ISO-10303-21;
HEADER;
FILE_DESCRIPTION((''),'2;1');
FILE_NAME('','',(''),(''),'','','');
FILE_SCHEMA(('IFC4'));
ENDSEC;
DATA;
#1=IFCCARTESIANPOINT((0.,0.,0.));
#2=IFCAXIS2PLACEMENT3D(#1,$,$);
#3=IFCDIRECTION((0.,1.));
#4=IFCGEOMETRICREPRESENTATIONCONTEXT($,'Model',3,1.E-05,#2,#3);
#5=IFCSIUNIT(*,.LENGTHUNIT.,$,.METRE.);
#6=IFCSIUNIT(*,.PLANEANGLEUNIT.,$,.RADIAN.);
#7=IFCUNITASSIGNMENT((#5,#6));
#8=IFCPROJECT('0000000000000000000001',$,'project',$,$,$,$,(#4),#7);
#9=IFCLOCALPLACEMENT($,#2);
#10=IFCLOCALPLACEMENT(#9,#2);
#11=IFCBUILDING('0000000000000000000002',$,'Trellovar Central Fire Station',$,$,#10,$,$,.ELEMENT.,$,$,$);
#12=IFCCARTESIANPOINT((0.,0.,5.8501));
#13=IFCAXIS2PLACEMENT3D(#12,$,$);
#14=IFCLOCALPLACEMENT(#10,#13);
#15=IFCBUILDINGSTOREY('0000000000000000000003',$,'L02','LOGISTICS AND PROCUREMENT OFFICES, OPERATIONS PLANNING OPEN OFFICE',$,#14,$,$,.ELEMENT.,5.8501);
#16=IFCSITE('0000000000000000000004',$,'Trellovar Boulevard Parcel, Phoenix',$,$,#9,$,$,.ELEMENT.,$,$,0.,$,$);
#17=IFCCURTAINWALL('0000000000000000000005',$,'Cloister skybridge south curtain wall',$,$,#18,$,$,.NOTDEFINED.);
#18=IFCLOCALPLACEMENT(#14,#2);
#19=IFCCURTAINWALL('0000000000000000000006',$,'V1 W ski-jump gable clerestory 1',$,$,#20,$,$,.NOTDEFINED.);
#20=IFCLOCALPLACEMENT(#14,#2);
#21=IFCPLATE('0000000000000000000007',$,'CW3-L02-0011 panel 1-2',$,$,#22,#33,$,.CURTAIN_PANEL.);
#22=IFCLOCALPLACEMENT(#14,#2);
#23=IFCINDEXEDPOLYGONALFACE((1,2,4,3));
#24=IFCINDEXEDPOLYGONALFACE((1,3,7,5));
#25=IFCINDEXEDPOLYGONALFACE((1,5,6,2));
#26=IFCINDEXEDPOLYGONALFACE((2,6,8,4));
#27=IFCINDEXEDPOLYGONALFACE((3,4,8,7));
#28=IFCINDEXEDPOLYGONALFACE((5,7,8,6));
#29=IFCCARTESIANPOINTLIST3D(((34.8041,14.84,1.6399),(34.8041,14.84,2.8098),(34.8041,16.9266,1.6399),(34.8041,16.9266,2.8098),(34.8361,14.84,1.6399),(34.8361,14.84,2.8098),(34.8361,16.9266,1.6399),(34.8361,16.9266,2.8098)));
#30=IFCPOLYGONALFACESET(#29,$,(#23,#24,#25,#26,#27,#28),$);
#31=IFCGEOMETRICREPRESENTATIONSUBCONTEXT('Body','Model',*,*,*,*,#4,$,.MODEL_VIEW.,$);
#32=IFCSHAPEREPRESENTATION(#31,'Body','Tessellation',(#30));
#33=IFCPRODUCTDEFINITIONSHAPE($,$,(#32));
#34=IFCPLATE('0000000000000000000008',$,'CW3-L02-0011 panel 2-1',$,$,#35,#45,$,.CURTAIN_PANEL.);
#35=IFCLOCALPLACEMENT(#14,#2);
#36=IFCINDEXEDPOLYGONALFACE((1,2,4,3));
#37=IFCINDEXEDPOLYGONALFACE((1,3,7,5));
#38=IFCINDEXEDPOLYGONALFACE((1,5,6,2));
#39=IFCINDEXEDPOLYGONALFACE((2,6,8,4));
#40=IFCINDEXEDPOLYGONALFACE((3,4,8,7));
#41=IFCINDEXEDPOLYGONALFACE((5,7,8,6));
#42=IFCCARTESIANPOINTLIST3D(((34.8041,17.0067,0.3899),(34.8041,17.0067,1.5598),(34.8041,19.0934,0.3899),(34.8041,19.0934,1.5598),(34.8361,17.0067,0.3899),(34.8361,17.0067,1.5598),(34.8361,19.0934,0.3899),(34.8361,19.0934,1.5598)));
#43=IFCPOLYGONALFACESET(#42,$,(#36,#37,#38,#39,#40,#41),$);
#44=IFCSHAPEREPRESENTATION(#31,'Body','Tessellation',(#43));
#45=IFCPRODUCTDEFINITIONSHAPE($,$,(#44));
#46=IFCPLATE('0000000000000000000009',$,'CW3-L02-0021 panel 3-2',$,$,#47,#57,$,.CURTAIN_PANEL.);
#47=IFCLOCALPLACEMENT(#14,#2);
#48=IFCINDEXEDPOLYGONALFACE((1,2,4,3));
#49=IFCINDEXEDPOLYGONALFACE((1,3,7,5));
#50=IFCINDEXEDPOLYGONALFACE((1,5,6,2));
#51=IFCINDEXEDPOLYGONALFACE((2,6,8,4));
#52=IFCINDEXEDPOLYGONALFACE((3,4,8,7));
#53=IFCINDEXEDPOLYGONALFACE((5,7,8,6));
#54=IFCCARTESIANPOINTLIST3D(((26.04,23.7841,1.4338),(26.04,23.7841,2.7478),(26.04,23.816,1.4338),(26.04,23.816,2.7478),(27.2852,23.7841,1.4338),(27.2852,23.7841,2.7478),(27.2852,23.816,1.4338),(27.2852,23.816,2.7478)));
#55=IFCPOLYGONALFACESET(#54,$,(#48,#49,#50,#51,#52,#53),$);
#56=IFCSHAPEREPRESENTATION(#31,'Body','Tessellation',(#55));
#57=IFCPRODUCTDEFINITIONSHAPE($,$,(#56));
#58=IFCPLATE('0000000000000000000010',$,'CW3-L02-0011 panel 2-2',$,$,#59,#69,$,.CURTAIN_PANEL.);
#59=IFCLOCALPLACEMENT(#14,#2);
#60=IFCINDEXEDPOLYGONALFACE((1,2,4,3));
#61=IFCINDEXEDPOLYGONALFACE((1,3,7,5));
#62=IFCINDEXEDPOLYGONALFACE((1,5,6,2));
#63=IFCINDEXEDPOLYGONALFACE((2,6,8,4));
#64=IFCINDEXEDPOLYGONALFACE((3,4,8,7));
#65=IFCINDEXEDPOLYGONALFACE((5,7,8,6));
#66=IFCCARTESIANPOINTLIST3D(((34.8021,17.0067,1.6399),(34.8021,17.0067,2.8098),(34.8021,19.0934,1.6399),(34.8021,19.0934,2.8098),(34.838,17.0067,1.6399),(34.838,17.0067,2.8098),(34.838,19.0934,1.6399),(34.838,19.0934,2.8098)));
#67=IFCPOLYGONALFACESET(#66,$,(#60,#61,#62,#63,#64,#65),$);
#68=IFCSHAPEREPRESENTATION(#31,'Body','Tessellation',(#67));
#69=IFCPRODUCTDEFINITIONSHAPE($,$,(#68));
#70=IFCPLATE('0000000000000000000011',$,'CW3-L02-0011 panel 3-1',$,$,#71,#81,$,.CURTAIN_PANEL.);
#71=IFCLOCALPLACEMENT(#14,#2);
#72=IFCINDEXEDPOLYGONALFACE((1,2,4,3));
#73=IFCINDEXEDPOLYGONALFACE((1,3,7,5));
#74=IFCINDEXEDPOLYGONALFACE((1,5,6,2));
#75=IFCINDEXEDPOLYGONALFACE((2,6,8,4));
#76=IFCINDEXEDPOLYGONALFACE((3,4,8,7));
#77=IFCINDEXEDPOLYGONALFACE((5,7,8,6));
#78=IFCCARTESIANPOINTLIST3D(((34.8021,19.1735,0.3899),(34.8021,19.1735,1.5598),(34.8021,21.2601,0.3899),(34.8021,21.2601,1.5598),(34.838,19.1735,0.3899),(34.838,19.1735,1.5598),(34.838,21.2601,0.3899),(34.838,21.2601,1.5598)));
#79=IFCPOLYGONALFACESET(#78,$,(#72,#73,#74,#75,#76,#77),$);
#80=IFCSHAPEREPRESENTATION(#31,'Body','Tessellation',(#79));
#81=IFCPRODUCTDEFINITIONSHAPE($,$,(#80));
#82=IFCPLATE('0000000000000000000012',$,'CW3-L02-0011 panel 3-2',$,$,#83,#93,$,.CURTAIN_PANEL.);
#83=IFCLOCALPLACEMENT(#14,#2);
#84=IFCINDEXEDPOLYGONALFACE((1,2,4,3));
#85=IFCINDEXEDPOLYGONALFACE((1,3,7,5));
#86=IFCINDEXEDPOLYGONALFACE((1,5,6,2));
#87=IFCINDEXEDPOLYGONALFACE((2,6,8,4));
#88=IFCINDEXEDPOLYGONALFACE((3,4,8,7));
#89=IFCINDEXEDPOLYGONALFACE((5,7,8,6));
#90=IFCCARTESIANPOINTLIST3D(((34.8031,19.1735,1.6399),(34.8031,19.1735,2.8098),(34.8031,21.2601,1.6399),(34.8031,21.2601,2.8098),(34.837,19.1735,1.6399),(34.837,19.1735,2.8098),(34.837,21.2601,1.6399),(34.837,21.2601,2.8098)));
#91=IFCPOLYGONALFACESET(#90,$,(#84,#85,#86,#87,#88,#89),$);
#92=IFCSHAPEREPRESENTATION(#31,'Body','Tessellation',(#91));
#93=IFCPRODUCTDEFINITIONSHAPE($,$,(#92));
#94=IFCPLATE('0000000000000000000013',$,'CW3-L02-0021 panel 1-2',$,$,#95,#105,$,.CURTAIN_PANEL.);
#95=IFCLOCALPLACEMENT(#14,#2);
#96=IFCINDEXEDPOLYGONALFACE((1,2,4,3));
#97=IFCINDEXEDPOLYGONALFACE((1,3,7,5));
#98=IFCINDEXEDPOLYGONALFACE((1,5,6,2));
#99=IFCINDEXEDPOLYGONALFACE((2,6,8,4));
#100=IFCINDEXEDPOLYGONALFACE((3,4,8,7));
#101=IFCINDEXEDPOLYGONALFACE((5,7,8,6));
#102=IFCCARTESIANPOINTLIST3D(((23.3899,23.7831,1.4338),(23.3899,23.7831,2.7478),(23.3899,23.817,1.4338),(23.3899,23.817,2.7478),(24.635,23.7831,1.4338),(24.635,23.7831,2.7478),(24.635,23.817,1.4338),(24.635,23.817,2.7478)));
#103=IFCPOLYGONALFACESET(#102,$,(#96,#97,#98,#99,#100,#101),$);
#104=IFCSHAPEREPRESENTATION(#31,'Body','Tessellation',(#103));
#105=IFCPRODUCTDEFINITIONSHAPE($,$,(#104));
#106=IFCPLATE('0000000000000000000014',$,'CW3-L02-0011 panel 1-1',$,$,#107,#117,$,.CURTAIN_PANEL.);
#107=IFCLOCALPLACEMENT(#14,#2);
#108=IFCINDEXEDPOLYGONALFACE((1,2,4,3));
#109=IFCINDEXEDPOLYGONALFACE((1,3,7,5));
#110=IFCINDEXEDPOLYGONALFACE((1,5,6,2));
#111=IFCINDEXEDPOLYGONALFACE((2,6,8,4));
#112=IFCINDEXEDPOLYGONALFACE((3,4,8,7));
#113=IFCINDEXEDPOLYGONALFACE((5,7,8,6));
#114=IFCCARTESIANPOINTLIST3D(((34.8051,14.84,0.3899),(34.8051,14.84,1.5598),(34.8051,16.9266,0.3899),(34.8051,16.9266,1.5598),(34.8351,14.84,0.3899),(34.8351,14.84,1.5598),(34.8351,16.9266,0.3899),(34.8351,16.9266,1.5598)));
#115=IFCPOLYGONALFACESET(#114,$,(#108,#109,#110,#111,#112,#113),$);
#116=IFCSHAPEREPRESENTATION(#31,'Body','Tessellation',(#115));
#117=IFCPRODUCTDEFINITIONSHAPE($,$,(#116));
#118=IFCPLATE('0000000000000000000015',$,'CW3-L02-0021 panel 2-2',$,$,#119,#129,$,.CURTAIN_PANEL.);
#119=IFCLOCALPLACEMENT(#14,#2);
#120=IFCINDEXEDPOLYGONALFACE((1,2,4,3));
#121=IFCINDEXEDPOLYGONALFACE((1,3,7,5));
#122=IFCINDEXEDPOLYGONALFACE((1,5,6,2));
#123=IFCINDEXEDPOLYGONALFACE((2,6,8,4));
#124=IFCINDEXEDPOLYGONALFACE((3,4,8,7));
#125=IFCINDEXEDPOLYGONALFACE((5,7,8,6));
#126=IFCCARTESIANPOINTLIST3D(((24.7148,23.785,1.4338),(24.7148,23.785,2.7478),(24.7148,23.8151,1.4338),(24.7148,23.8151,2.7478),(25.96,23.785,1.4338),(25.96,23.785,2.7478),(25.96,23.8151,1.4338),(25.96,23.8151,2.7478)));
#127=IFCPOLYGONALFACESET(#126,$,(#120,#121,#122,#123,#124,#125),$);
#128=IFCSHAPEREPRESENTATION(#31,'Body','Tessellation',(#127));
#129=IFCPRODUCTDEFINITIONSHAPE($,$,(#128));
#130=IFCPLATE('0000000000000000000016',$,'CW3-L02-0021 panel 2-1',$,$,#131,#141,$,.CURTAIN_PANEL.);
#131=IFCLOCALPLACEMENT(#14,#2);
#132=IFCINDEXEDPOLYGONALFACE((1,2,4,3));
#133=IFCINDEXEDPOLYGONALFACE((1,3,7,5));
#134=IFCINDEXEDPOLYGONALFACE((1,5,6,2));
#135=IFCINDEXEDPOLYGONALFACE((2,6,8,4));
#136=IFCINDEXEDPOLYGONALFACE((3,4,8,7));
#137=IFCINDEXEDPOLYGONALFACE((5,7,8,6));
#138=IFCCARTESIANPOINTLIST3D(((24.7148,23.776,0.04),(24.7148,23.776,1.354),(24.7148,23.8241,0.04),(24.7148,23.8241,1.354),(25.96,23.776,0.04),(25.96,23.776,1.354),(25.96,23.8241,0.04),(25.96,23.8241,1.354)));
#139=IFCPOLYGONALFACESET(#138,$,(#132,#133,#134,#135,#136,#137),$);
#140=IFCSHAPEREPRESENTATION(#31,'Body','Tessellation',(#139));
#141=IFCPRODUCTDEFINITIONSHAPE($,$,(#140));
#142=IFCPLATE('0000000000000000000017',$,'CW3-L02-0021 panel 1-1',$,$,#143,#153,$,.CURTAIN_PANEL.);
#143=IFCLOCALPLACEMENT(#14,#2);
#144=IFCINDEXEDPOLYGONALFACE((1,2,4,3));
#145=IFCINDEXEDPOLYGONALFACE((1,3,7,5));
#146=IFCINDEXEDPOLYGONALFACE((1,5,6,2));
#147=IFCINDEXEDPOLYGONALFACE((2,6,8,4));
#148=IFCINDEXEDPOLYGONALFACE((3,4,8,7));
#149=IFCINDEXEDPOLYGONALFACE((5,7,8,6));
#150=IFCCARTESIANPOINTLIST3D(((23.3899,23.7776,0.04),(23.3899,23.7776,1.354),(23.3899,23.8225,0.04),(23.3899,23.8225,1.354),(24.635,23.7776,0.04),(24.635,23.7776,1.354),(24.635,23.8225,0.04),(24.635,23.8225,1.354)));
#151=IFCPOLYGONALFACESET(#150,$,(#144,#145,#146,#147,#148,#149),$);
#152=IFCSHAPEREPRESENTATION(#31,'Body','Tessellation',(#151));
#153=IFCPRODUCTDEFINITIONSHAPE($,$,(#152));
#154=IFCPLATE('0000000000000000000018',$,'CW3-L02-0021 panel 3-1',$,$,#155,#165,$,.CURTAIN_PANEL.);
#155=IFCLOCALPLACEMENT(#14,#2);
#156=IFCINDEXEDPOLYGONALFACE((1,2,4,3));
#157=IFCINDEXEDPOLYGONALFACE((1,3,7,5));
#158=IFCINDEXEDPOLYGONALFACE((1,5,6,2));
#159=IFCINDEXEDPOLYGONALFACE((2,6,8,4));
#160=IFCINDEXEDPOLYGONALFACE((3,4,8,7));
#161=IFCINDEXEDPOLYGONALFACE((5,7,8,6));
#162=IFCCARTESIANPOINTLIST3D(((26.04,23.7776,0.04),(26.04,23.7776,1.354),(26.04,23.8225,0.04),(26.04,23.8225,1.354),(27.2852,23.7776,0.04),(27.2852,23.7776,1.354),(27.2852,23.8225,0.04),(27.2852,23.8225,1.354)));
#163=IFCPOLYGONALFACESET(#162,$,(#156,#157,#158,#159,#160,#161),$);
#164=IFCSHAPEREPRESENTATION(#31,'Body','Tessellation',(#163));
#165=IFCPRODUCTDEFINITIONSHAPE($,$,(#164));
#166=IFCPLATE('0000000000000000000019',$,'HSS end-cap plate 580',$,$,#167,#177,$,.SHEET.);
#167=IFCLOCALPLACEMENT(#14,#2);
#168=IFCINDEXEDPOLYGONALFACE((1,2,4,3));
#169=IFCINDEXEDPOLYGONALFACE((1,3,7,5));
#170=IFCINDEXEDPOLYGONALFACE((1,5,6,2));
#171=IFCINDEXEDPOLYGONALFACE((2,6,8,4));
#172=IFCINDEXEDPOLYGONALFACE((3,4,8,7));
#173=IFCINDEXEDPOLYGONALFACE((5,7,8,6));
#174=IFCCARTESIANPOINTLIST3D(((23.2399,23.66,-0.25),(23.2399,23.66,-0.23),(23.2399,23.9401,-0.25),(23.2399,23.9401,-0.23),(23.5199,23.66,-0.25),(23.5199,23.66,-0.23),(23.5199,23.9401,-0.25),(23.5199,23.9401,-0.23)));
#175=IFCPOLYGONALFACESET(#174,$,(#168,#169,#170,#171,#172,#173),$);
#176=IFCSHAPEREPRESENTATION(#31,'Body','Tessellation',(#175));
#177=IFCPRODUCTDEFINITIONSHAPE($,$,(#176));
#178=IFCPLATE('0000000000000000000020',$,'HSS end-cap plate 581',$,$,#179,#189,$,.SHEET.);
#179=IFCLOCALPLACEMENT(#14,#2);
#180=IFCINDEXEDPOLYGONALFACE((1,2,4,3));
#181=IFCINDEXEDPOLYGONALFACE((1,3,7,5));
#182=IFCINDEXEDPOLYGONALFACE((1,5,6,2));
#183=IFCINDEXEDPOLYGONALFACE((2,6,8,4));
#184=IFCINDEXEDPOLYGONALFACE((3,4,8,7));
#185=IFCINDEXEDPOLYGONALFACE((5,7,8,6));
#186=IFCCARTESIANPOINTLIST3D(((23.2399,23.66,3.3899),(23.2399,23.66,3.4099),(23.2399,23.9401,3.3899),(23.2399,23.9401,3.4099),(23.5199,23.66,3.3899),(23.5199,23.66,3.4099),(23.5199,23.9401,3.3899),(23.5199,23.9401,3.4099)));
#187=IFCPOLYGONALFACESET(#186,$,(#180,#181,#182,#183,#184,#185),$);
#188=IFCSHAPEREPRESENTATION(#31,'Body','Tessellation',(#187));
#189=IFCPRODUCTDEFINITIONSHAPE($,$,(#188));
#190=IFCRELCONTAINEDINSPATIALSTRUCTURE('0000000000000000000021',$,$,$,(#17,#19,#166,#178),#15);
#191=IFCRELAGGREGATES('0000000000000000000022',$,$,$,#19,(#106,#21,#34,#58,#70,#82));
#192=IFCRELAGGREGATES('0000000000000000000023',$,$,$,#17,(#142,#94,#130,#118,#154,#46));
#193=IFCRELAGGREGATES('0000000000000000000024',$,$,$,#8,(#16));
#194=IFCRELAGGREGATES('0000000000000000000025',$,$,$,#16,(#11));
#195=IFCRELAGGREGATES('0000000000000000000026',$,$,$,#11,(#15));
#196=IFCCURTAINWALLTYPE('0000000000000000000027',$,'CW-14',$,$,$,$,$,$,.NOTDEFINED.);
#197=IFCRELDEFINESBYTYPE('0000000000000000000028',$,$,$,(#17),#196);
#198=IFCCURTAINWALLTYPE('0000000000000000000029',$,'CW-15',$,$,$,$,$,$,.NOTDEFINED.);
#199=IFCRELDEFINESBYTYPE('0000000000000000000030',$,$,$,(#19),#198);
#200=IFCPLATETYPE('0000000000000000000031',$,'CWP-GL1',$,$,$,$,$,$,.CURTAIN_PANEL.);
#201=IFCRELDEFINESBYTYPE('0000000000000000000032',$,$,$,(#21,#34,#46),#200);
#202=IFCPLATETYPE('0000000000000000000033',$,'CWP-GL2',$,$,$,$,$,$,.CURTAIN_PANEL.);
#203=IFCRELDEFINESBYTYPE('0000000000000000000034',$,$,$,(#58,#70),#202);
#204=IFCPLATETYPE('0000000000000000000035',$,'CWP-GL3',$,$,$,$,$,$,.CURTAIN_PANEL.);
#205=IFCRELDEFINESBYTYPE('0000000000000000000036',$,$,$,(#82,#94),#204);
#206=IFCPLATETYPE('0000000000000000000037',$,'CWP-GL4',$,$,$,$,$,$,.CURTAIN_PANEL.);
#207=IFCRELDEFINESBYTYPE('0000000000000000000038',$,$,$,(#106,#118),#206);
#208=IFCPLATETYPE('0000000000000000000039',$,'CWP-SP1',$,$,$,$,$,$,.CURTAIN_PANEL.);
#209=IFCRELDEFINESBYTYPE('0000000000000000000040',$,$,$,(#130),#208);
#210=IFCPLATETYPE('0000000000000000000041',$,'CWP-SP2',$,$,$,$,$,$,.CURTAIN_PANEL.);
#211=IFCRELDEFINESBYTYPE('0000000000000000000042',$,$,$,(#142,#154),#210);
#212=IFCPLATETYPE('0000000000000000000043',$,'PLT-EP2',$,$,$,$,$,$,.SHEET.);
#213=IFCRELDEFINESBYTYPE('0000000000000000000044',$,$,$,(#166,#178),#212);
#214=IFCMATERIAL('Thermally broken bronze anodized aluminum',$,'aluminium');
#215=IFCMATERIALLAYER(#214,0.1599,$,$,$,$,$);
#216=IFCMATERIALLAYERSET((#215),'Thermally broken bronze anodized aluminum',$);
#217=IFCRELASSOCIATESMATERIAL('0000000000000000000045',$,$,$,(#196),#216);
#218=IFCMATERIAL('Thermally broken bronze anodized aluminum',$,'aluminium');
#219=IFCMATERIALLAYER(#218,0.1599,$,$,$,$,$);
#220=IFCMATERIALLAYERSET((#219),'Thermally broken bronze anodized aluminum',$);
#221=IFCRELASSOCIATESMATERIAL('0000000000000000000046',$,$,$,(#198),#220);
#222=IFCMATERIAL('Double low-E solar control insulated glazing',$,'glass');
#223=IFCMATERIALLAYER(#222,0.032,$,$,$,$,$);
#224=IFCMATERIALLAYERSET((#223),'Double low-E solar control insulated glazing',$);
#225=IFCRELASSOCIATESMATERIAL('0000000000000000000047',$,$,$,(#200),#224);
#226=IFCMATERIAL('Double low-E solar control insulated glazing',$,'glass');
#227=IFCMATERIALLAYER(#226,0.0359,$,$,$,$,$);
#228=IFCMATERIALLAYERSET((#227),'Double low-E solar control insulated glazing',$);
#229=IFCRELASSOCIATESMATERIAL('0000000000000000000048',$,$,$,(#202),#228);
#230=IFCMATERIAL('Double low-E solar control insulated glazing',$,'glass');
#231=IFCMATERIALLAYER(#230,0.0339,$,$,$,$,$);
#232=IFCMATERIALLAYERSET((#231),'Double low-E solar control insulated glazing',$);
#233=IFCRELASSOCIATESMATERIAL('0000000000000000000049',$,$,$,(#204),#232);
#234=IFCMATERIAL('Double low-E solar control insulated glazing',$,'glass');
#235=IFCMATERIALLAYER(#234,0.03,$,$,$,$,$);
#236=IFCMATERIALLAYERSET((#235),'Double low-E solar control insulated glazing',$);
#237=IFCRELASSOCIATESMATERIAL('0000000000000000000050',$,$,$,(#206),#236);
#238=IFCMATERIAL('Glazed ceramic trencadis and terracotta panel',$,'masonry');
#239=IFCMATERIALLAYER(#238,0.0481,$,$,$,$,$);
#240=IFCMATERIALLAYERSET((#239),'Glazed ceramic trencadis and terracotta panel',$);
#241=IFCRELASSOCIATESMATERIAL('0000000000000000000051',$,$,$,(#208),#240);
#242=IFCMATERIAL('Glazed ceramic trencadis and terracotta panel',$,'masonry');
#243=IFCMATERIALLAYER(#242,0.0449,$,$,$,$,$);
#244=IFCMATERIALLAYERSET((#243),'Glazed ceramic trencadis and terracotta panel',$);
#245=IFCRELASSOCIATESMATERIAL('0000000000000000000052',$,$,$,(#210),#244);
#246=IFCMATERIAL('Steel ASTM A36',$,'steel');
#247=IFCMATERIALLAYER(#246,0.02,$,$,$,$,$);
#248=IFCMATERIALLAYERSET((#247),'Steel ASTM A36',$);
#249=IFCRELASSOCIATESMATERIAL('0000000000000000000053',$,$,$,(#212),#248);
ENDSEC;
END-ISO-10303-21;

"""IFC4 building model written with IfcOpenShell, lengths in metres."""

from ifc_helpers import new_model, si_unit, direction, frame, origin, origin_2d, place, context, subcontext, project, spatial, rectangle, extrude, material, layer, layer_set, type_object, element, aggregate, save


model = new_model("IFC4")

# Units and contexts
model_context = context("Model", 3, precision=1e-05, world=origin(), true_north=direction((0.0, 1.0)))
body_context = subcontext(model_context, "Body", "Model", "MODEL_VIEW")
ifc_project = project(units=[si_unit("LENGTHUNIT", "METRE"), si_unit("PLANEANGLEUNIT", "RADIAN")], contexts=[model_context])

# Site, building, storey
site_placement = place(None, origin())
site = spatial("IfcSite", under=ifc_project, at=site_placement, Name="Trellovar Boulevard Parcel, Phoenix", CompositionType="ELEMENT", RefElevation=0.0)
building_placement = place(site_placement, origin())
building = spatial("IfcBuilding", under=site, at=building_placement, Name="Trellovar Central Fire Station", CompositionType="ELEMENT")
storey_placement = place(building_placement, frame((0.0, 0.0, 5.8501)))
storey = spatial("IfcBuildingStorey", under=building, at=storey_placement, Name="L02", Description="LOGISTICS AND PROCUREMENT OFFICES, OPERATIONS PLANNING OPEN OFFICE", CompositionType="ELEMENT", Elevation=5.8501)

# Curtain walls
ifc_material_1 = material(Name="Thermally broken bronze anodized aluminum", Category="aluminium")
ifc_layer_1 = layer(ifc_material_1, 0.1599)
ifc_layer_set_1 = layer_set([ifc_layer_1], Name="Thermally broken bronze anodized aluminum")
curtain_wall_type_1 = type_object("IfcCurtainWallType", Name="CW-14", PredefinedType="NOTDEFINED", material=ifc_layer_set_1)
curtain_wall_1_placement = place(storey_placement, origin())
curtain_wall_1 = element("IfcCurtainWall", 1, at=curtain_wall_1_placement, inside=storey, type_object=curtain_wall_type_1, Name="Cloister skybridge south curtain wall", PredefinedType="NOTDEFINED")
ifc_material_2 = material(Name="Thermally broken bronze anodized aluminum", Category="aluminium")
ifc_layer_2 = layer(ifc_material_2, 0.1599)
ifc_layer_set_2 = layer_set([ifc_layer_2], Name="Thermally broken bronze anodized aluminum")
curtain_wall_type_2 = type_object("IfcCurtainWallType", Name="CW-15", PredefinedType="NOTDEFINED", material=ifc_layer_set_2)
curtain_wall_2_placement = place(storey_placement, origin())
curtain_wall_2 = element("IfcCurtainWall", 2, at=curtain_wall_2_placement, inside=storey, type_object=curtain_wall_type_2, Name="V1 W ski-jump gable clerestory 1", PredefinedType="NOTDEFINED")

# Plates
ifc_material_3 = material(Name="Double low-E solar control insulated glazing", Category="glass")
ifc_layer_3 = layer(ifc_material_3, 0.032)
ifc_layer_set_3 = layer_set([ifc_layer_3], Name="Double low-E solar control insulated glazing")
plate_type_1 = type_object("IfcPlateType", Name="CWP-GL1", PredefinedType="CURTAIN_PANEL", material=ifc_layer_set_3)
plate_1_placement = place(storey_placement, frame((34.8201, 15.8833, 1.6399), z_axis=(0.0, 0.0, 1.0), x_axis=(0.0, 1.0, 0.0)))
plate_1 = element("IfcPlate", 3, at=plate_1_placement, type_object=plate_type_1, Name="CW3-L02-0011 panel 1-2", PredefinedType="CURTAIN_PANEL", context=body_context, shape_type="SweptSolid", body=[
    extrude(rectangle(XDim=2.0867, YDim=0.032, at=origin_2d()), origin(), (0.0, 0.0, 1.0), 1.1699),
])
plate_2_placement = place(storey_placement, frame((34.8201, 18.05, 0.3899), z_axis=(0.0, 0.0, 1.0), x_axis=(0.0, 1.0, 0.0)))
plate_2 = element("IfcPlate", 4, at=plate_2_placement, type_object=plate_type_1, Name="CW3-L02-0011 panel 2-1", PredefinedType="CURTAIN_PANEL", context=body_context, shape_type="SweptSolid", body=[
    extrude(rectangle(XDim=2.0867, YDim=0.032, at=origin_2d()), origin(), (0.0, 0.0, 1.0), 1.1699),
])
plate_3_placement = place(storey_placement, frame((26.6626, 23.8, 1.4338), z_axis=(0.0, 0.0, 1.0), x_axis=(1.0, 0.0, 0.0)))
plate_3 = element("IfcPlate", 5, at=plate_3_placement, type_object=plate_type_1, Name="CW3-L02-0021 panel 3-2", PredefinedType="CURTAIN_PANEL", context=body_context, shape_type="SweptSolid", body=[
    extrude(rectangle(XDim=1.2451, YDim=0.032, at=origin_2d()), origin(), (0.0, 0.0, 1.0), 1.314),
])
ifc_material_4 = material(Name="Double low-E solar control insulated glazing", Category="glass")
ifc_layer_4 = layer(ifc_material_4, 0.0359)
ifc_layer_set_4 = layer_set([ifc_layer_4], Name="Double low-E solar control insulated glazing")
plate_type_2 = type_object("IfcPlateType", Name="CWP-GL2", PredefinedType="CURTAIN_PANEL", material=ifc_layer_set_4)
plate_4_placement = place(storey_placement, frame((34.8201, 18.05, 1.6399), z_axis=(0.0, 0.0, 1.0), x_axis=(0.0, 1.0, 0.0)))
plate_4 = element("IfcPlate", 6, at=plate_4_placement, type_object=plate_type_2, Name="CW3-L02-0011 panel 2-2", PredefinedType="CURTAIN_PANEL", context=body_context, shape_type="SweptSolid", body=[
    extrude(rectangle(XDim=2.0867, YDim=0.0359, at=origin_2d()), origin(), (0.0, 0.0, 1.0), 1.1699),
])
plate_5_placement = place(storey_placement, frame((34.8201, 20.2168, 0.3899), z_axis=(0.0, 0.0, 1.0), x_axis=(0.0, 1.0, 0.0)))
plate_5 = element("IfcPlate", 7, at=plate_5_placement, type_object=plate_type_2, Name="CW3-L02-0011 panel 3-1", PredefinedType="CURTAIN_PANEL", context=body_context, shape_type="SweptSolid", body=[
    extrude(rectangle(XDim=2.0867, YDim=0.0359, at=origin_2d()), origin(), (0.0, 0.0, 1.0), 1.1699),
])
ifc_material_5 = material(Name="Double low-E solar control insulated glazing", Category="glass")
ifc_layer_5 = layer(ifc_material_5, 0.0339)
ifc_layer_set_5 = layer_set([ifc_layer_5], Name="Double low-E solar control insulated glazing")
plate_type_3 = type_object("IfcPlateType", Name="CWP-GL3", PredefinedType="CURTAIN_PANEL", material=ifc_layer_set_5)
plate_6_placement = place(storey_placement, frame((34.8201, 20.2168, 1.6399), z_axis=(0.0, 0.0, 1.0), x_axis=(0.0, 1.0, 0.0)))
plate_6 = element("IfcPlate", 8, at=plate_6_placement, type_object=plate_type_3, Name="CW3-L02-0011 panel 3-2", PredefinedType="CURTAIN_PANEL", context=body_context, shape_type="SweptSolid", body=[
    extrude(rectangle(XDim=2.0867, YDim=0.0339, at=origin_2d()), origin(), (0.0, 0.0, 1.0), 1.1699),
])
plate_7_placement = place(storey_placement, frame((24.0125, 23.8, 1.4338), z_axis=(0.0, 0.0, 1.0), x_axis=(1.0, 0.0, 0.0)))
plate_7 = element("IfcPlate", 9, at=plate_7_placement, type_object=plate_type_3, Name="CW3-L02-0021 panel 1-2", PredefinedType="CURTAIN_PANEL", context=body_context, shape_type="SweptSolid", body=[
    extrude(rectangle(XDim=1.2451, YDim=0.0339, at=origin_2d()), origin(), (0.0, 0.0, 1.0), 1.314),
])
ifc_material_6 = material(Name="Double low-E solar control insulated glazing", Category="glass")
ifc_layer_6 = layer(ifc_material_6, 0.03)
ifc_layer_set_6 = layer_set([ifc_layer_6], Name="Double low-E solar control insulated glazing")
plate_type_4 = type_object("IfcPlateType", Name="CWP-GL4", PredefinedType="CURTAIN_PANEL", material=ifc_layer_set_6)
plate_8_placement = place(storey_placement, frame((34.8201, 15.8833, 0.3899), z_axis=(0.0, 0.0, 1.0), x_axis=(0.0, 1.0, 0.0)))
plate_8 = element("IfcPlate", 10, at=plate_8_placement, type_object=plate_type_4, Name="CW3-L02-0011 panel 1-1", PredefinedType="CURTAIN_PANEL", context=body_context, shape_type="SweptSolid", body=[
    extrude(rectangle(XDim=2.0867, YDim=0.03, at=origin_2d()), origin(), (0.0, 0.0, 1.0), 1.1699),
])
aggregate(curtain_wall_2, [plate_8, plate_1, plate_2, plate_4, plate_5, plate_6])
plate_9_placement = place(storey_placement, frame((25.3374, 23.8, 1.4338), z_axis=(0.0, 0.0, 1.0), x_axis=(1.0, 0.0, 0.0)))
plate_9 = element("IfcPlate", 11, at=plate_9_placement, type_object=plate_type_4, Name="CW3-L02-0021 panel 2-2", PredefinedType="CURTAIN_PANEL", context=body_context, shape_type="SweptSolid", body=[
    extrude(rectangle(XDim=1.2451, YDim=0.03, at=origin_2d()), origin(), (0.0, 0.0, 1.0), 1.314),
])
ifc_material_7 = material(Name="Glazed ceramic trencadis and terracotta panel", Category="masonry")
ifc_layer_7 = layer(ifc_material_7, 0.0481)
ifc_layer_set_7 = layer_set([ifc_layer_7], Name="Glazed ceramic trencadis and terracotta panel")
plate_type_5 = type_object("IfcPlateType", Name="CWP-SP1", PredefinedType="CURTAIN_PANEL", material=ifc_layer_set_7)
plate_10_placement = place(storey_placement, frame((25.3374, 23.8, 0.04), z_axis=(0.0, 0.0, 1.0), x_axis=(1.0, 0.0, 0.0)))
plate_10 = element("IfcPlate", 12, at=plate_10_placement, type_object=plate_type_5, Name="CW3-L02-0021 panel 2-1", PredefinedType="CURTAIN_PANEL", context=body_context, shape_type="SweptSolid", body=[
    extrude(rectangle(XDim=1.2451, YDim=0.0481, at=origin_2d()), origin(), (0.0, 0.0, 1.0), 1.314),
])
ifc_material_8 = material(Name="Glazed ceramic trencadis and terracotta panel", Category="masonry")
ifc_layer_8 = layer(ifc_material_8, 0.0449)
ifc_layer_set_8 = layer_set([ifc_layer_8], Name="Glazed ceramic trencadis and terracotta panel")
plate_type_6 = type_object("IfcPlateType", Name="CWP-SP2", PredefinedType="CURTAIN_PANEL", material=ifc_layer_set_8)
plate_11_placement = place(storey_placement, frame((24.0125, 23.8, 0.04), z_axis=(0.0, 0.0, 1.0), x_axis=(1.0, 0.0, 0.0)))
plate_11 = element("IfcPlate", 13, at=plate_11_placement, type_object=plate_type_6, Name="CW3-L02-0021 panel 1-1", PredefinedType="CURTAIN_PANEL", context=body_context, shape_type="SweptSolid", body=[
    extrude(rectangle(XDim=1.2451, YDim=0.0449, at=origin_2d()), origin(), (0.0, 0.0, 1.0), 1.314),
])
plate_12_placement = place(storey_placement, frame((26.6626, 23.8, 0.04), z_axis=(0.0, 0.0, 1.0), x_axis=(1.0, 0.0, 0.0)))
plate_12 = element("IfcPlate", 14, at=plate_12_placement, type_object=plate_type_6, Name="CW3-L02-0021 panel 3-1", PredefinedType="CURTAIN_PANEL", context=body_context, shape_type="SweptSolid", body=[
    extrude(rectangle(XDim=1.2451, YDim=0.0449, at=origin_2d()), origin(), (0.0, 0.0, 1.0), 1.314),
])
aggregate(curtain_wall_1, [plate_11, plate_7, plate_10, plate_9, plate_12, plate_3])

# Plates
ifc_material_9 = material(Name="Steel ASTM A36", Category="steel")
ifc_layer_9 = layer(ifc_material_9, 0.02)
ifc_layer_set_9 = layer_set([ifc_layer_9], Name="Steel ASTM A36")
plate_type_7 = type_object("IfcPlateType", Name="PLT-EP2", PredefinedType="SHEET", material=ifc_layer_set_9)
for number, where, z_axis, x_axis, name in (
    (15, (23.3799, 23.8, -0.25), (0.0, 0.0, 1.0), (1.0, 0.0, 0.0), "HSS end-cap plate 580"),
    (16, (23.3799, 23.8, 3.3899), (0.0, 0.0, 1.0), (1.0, 0.0, 0.0), "HSS end-cap plate 581"),
):
    element("IfcPlate", number, at=place(storey_placement, frame(where, z_axis=z_axis, x_axis=x_axis)), inside=storey, type_object=plate_type_7, Name=name, PredefinedType="SHEET", context=body_context, shape_type="SweptSolid", body=[
        extrude(rectangle(XDim=0.28, YDim=0.28, at=origin_2d()), origin(), (0.0, 0.0, 1.0), 0.02),
    ])

save(model, "model.ifc")
